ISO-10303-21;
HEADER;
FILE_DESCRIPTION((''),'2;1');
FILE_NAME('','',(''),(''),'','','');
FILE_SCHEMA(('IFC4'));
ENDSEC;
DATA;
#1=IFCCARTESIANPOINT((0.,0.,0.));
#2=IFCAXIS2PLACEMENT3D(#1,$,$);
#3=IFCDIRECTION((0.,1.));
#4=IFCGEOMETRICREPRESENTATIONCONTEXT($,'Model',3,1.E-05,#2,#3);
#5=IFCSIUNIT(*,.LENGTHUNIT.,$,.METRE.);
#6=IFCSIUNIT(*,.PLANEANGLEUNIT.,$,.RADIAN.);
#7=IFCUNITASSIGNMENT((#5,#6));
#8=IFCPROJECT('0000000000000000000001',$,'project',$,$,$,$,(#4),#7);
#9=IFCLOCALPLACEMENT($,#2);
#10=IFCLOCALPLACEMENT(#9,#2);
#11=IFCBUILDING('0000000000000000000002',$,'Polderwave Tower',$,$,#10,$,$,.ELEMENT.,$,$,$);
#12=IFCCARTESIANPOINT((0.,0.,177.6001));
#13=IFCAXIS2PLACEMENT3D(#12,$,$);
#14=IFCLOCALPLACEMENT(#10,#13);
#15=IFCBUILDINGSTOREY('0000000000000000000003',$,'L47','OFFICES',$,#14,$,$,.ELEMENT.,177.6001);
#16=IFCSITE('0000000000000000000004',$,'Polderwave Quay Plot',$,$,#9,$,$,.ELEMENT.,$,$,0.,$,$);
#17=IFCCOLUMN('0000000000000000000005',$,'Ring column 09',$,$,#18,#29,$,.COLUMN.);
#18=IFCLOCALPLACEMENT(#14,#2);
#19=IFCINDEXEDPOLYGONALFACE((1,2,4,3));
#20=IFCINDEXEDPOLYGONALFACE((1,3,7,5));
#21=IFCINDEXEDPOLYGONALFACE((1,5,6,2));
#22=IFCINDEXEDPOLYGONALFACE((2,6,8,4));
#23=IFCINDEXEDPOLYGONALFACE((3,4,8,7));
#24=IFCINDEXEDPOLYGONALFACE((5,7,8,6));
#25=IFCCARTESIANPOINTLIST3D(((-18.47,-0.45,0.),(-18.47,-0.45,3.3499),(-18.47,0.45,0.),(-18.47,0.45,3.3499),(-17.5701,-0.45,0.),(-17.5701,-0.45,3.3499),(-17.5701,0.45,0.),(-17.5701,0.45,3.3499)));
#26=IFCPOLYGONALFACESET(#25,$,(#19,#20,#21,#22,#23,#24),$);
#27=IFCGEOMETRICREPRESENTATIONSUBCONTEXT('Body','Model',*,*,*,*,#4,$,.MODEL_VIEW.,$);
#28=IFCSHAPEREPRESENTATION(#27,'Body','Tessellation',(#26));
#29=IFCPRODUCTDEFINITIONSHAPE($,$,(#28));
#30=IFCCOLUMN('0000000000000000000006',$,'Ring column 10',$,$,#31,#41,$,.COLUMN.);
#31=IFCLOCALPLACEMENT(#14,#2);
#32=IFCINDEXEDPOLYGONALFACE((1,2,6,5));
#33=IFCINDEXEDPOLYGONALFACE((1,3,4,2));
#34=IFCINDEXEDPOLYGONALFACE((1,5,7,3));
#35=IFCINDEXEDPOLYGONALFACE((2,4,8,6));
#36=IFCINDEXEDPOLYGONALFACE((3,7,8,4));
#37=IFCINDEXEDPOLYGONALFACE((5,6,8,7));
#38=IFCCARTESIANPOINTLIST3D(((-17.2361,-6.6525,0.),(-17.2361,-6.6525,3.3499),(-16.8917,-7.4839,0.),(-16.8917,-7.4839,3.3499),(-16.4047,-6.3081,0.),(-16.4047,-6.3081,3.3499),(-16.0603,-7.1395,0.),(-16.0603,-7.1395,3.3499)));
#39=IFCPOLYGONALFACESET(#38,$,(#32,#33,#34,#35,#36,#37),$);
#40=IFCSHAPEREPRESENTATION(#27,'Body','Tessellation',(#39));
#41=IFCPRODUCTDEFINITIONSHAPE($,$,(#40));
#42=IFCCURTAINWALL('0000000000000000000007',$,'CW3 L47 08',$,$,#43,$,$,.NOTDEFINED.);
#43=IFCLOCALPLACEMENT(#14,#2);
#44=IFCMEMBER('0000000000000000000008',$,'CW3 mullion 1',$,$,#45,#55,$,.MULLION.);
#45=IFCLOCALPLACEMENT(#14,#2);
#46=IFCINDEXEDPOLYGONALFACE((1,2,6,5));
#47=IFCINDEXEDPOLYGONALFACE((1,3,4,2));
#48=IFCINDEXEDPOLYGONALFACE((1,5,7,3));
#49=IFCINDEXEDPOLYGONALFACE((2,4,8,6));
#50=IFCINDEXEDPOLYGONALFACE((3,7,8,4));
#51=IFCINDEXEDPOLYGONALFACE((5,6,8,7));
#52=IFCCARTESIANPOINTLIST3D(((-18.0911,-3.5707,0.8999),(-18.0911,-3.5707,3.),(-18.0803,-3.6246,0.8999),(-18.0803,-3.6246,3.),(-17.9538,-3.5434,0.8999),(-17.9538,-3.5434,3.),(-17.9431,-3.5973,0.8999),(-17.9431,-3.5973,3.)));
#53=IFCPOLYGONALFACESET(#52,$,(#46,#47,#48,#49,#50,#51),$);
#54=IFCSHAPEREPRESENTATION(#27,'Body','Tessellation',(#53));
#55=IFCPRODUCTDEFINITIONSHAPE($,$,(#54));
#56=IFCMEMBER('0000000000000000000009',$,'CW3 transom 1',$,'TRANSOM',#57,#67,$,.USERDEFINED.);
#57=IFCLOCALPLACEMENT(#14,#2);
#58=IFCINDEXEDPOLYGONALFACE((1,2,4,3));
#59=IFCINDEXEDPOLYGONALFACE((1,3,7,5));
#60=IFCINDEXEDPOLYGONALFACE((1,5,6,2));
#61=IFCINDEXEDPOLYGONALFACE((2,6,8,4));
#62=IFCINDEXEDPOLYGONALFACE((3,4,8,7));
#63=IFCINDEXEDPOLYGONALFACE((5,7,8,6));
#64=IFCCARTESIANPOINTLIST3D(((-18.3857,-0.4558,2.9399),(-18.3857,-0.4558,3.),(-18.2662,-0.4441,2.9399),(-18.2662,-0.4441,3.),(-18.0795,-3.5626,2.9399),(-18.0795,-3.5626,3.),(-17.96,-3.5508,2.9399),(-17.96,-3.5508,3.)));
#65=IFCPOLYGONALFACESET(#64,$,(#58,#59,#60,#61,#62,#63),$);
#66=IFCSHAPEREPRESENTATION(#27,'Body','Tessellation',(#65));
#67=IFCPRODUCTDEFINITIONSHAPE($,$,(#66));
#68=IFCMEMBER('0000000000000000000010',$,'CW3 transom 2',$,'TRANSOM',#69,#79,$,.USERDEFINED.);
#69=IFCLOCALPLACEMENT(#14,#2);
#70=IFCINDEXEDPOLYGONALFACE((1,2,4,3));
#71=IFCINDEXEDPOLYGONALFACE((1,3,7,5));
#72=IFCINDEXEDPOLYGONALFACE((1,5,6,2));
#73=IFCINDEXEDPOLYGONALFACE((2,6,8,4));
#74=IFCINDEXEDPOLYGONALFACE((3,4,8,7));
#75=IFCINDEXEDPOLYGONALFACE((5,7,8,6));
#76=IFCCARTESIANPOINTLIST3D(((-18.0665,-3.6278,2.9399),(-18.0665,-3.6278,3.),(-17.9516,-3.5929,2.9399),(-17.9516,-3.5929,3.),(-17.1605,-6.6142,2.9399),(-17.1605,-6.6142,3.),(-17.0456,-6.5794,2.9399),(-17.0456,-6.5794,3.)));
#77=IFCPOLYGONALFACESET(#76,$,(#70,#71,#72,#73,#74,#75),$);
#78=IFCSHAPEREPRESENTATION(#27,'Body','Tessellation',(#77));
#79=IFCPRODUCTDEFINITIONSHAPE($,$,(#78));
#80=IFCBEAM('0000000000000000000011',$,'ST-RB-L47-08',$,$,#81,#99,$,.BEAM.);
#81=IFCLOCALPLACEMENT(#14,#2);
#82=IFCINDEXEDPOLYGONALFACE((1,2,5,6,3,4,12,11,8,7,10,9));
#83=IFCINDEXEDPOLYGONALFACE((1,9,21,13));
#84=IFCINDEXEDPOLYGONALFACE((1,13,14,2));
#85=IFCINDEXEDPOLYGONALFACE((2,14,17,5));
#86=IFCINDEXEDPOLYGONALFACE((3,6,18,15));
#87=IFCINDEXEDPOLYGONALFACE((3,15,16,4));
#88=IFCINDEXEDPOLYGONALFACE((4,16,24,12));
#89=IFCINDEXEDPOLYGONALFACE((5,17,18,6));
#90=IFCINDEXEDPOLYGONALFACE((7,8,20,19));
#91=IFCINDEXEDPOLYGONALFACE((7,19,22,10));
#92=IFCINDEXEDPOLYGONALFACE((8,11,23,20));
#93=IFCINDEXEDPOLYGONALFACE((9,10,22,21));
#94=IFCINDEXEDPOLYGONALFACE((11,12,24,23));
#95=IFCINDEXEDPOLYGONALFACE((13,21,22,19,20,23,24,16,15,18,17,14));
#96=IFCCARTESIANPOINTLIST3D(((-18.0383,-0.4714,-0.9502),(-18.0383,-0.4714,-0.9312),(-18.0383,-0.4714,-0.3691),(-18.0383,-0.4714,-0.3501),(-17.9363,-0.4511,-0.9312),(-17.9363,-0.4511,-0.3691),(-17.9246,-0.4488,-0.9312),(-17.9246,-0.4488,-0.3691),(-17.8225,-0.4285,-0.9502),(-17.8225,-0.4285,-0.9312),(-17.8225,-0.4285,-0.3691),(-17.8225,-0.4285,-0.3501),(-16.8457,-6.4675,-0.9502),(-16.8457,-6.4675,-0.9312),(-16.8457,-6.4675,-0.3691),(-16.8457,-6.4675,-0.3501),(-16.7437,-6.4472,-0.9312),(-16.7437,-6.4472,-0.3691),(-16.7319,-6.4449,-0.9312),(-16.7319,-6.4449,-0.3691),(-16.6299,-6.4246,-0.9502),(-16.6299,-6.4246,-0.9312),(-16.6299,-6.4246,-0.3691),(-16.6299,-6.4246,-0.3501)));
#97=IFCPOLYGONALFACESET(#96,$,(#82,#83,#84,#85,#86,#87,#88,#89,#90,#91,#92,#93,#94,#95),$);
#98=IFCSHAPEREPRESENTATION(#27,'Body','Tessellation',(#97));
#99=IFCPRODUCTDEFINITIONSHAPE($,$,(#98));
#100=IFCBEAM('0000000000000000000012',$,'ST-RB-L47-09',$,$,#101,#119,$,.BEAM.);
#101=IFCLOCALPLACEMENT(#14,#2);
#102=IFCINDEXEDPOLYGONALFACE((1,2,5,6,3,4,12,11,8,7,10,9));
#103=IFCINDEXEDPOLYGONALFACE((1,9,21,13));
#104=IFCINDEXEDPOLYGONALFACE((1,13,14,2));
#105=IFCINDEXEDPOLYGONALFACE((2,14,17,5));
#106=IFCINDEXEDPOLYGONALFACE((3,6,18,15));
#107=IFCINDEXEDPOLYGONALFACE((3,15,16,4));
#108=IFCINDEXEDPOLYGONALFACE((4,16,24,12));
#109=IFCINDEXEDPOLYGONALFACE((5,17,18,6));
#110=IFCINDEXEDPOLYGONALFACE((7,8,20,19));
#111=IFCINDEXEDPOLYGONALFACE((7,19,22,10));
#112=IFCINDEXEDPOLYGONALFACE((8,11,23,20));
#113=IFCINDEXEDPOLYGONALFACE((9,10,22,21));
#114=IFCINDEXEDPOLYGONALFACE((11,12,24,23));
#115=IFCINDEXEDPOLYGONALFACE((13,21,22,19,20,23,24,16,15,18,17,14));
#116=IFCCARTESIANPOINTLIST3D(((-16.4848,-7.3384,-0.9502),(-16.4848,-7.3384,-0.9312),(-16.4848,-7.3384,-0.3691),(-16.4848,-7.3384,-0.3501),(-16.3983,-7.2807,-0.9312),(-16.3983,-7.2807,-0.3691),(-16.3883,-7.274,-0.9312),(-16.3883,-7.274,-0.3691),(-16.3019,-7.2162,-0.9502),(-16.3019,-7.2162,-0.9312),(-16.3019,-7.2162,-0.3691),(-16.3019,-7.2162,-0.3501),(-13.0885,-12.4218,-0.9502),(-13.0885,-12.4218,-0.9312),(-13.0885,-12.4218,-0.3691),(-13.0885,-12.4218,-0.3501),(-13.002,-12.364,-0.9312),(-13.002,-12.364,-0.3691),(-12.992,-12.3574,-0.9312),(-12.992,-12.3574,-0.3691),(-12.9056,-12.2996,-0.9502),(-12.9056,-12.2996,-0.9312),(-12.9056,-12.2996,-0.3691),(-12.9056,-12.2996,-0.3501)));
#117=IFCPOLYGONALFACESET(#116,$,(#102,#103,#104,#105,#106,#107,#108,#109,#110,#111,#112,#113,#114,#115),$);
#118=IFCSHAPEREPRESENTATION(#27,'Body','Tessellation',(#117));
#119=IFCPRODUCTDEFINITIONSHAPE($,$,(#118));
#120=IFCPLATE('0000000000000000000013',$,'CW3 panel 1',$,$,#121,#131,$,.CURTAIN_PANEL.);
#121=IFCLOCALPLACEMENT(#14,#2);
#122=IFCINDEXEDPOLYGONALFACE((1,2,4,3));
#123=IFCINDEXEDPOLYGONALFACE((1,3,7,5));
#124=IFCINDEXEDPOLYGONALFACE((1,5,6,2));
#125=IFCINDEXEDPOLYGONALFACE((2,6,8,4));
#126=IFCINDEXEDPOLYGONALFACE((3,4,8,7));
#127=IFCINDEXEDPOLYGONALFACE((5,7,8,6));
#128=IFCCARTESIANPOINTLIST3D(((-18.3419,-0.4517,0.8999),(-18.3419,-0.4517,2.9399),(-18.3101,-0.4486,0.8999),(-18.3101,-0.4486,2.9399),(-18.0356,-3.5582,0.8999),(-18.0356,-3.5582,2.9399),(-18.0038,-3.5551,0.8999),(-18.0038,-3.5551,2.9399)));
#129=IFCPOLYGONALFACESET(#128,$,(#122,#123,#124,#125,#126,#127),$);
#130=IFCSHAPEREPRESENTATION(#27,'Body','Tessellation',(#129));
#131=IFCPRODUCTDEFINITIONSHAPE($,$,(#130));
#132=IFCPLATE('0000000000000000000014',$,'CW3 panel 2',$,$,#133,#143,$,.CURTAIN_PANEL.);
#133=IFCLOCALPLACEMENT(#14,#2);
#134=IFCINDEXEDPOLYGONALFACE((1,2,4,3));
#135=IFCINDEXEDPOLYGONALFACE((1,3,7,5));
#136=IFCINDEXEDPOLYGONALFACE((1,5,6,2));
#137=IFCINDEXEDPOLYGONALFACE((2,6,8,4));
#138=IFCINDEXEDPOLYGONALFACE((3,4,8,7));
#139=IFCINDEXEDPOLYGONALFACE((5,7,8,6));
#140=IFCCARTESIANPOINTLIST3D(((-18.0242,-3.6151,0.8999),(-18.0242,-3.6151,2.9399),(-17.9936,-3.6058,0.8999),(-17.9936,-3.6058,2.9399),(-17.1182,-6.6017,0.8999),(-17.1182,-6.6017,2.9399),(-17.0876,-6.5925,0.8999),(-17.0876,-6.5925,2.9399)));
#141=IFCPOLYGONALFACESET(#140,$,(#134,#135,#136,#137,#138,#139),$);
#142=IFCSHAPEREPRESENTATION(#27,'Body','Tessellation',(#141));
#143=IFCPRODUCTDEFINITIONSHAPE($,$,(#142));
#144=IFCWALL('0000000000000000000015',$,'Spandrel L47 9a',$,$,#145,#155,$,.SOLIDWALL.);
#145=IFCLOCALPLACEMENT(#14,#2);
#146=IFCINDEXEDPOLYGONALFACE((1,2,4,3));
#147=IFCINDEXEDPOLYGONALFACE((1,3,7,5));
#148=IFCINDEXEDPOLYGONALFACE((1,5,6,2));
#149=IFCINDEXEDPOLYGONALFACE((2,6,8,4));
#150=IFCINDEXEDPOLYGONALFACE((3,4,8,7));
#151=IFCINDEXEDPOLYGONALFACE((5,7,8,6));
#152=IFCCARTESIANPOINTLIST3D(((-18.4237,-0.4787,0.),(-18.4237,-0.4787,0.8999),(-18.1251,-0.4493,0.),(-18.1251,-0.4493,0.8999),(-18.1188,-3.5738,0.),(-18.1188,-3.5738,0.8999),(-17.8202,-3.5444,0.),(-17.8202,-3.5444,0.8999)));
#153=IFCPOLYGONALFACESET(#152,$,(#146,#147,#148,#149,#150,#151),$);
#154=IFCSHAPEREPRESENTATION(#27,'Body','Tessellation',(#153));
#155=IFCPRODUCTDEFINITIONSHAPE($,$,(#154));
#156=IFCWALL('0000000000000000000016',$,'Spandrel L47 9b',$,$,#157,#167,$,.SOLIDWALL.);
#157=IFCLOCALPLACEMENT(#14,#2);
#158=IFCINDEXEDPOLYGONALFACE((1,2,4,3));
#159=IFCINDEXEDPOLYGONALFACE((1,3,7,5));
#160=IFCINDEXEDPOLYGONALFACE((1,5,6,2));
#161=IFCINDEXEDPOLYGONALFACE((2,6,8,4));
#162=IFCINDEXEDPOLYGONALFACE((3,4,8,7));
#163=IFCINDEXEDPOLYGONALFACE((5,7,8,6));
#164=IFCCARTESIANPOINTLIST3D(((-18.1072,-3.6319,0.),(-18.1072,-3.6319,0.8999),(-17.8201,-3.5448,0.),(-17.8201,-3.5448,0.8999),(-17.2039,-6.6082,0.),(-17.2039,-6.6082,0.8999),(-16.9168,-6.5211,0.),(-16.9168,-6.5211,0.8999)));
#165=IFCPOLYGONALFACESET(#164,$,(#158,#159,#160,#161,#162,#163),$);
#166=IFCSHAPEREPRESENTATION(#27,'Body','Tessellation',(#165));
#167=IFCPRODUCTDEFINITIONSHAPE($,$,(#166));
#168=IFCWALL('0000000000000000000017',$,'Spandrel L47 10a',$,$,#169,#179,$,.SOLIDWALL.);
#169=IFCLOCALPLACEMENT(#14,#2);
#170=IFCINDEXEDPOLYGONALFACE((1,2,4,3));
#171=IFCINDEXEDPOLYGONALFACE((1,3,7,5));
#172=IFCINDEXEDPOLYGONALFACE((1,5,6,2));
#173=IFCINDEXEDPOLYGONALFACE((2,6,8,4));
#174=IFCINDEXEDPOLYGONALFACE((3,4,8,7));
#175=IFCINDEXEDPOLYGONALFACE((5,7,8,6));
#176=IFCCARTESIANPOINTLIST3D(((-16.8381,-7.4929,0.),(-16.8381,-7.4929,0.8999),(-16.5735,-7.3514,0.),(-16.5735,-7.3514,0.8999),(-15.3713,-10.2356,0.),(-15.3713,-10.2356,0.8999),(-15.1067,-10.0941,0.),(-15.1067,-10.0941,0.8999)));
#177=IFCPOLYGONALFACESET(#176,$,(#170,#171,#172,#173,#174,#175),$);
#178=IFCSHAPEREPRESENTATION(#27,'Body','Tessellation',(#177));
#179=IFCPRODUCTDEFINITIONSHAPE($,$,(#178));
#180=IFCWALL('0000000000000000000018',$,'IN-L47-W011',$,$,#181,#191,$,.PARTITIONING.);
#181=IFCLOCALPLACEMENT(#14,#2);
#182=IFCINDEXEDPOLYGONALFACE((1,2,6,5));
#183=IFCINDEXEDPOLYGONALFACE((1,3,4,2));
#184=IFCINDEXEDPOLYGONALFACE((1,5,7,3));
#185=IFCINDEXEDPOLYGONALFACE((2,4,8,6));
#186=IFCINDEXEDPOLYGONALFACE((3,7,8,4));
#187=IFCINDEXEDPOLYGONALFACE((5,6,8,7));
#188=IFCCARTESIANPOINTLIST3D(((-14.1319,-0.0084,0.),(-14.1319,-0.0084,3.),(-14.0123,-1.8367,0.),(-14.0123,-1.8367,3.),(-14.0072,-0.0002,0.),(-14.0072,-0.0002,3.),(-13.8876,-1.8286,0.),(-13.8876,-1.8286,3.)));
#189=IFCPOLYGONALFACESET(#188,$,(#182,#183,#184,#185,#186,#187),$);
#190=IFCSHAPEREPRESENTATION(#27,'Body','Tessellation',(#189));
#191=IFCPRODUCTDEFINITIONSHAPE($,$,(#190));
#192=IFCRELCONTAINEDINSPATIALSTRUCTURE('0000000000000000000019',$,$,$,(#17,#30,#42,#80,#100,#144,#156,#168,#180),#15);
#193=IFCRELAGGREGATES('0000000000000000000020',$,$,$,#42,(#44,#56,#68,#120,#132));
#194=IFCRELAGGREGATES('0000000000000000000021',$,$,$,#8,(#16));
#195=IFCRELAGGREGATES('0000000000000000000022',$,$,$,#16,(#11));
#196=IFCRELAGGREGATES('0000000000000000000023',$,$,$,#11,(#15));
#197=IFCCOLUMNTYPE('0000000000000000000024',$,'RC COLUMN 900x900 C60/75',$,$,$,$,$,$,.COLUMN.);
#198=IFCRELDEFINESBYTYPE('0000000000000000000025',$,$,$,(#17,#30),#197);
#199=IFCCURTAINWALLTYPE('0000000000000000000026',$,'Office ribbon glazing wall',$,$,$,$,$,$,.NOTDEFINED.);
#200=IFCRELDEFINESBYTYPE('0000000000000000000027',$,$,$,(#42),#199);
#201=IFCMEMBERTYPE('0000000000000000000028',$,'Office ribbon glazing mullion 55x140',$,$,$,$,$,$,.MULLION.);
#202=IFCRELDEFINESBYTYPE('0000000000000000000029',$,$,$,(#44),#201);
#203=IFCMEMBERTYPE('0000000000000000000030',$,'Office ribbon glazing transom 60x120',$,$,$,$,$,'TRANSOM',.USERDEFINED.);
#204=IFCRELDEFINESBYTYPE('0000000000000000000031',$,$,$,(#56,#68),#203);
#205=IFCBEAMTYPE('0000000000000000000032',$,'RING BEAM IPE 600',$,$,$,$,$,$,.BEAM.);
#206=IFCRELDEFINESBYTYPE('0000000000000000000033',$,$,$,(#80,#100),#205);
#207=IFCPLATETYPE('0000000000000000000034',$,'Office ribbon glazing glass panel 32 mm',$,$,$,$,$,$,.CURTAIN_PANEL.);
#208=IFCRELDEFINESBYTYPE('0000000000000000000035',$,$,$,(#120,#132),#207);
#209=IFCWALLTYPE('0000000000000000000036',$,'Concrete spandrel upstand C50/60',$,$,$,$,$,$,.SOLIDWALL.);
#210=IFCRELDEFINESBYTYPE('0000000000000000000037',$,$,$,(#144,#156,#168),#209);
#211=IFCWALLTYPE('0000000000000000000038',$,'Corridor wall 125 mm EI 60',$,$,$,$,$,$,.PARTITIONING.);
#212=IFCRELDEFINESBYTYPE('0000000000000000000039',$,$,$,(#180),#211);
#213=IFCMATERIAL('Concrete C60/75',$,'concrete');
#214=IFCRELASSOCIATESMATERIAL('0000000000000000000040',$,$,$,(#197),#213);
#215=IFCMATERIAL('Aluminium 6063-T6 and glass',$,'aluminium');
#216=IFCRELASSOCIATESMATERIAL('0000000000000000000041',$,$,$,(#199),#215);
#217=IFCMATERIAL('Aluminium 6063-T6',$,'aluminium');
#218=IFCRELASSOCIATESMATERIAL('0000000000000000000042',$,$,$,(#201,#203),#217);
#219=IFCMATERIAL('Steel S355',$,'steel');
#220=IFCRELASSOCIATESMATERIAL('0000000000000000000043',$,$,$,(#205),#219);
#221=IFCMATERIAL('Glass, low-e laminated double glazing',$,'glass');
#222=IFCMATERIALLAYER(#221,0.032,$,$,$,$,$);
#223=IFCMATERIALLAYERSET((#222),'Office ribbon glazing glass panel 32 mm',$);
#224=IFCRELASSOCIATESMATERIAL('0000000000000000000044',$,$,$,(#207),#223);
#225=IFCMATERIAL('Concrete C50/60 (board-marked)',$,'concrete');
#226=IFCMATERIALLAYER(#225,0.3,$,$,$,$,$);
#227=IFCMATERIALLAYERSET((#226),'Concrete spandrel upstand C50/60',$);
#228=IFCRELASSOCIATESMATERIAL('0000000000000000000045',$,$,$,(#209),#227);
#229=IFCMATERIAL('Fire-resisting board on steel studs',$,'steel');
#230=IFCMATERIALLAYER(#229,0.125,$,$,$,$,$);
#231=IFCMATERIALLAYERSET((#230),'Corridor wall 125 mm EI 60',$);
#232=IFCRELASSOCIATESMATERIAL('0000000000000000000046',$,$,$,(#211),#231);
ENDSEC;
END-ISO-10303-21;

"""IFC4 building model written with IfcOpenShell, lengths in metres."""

from ifc_helpers import new_model, si_unit, direction, frame, frame_2d, origin, origin_2d, place, context, subcontext, project, spatial, rectangle, i_section, extrude, material, layer, layer_set, material_profile, profile_set, type_object, element, aggregate, save


model = new_model("IFC4")

# Units and contexts
model_context = context("Model", 3, precision=1e-05, world=origin(), true_north=direction((0.0, 1.0)))
body_context = subcontext(model_context, "Body", "Model", "MODEL_VIEW")
ifc_project = project(units=[si_unit("LENGTHUNIT", "METRE"), si_unit("PLANEANGLEUNIT", "RADIAN")], contexts=[model_context])

# Site, building, storey
site_placement = place(None, origin())
site = spatial("IfcSite", under=ifc_project, at=site_placement, Name="Polderwave Quay Plot", CompositionType="ELEMENT", RefElevation=0.0)
building_placement = place(site_placement, origin())
building = spatial("IfcBuilding", under=site, at=building_placement, Name="Polderwave Tower", CompositionType="ELEMENT")
storey_placement = place(building_placement, frame((0.0, 0.0, 177.6001)))
storey = spatial("IfcBuildingStorey", under=building, at=storey_placement, Name="L47", Description="OFFICES", CompositionType="ELEMENT", Elevation=177.6001)

# Columns
ifc_material_1 = material(Name="Concrete C60/75", Category="concrete")
ifc_material_profile_1 = material_profile(ifc_material_1, rectangle(XDim=0.8999, YDim=0.8999, at=origin_2d()), Name="RC 900x900")
ifc_profile_set_1 = profile_set([ifc_material_profile_1], Name="Concrete C60/75")
column_type = type_object("IfcColumnType", Name="RC COLUMN 900x900 C60/75", PredefinedType="COLUMN", material=ifc_profile_set_1)
for number, where, z_axis, x_axis, name in (
    (1, (-18.02, 0.0, 0.0), (0.0, 0.0, 1.0), (-1.0, 0.0, 0.0), "Ring column 09"),
    (2, (-16.6482, -6.896, 0.0), (0.0, 0.0, 1.0), (-0.92388, -0.382683, 0.0), "Ring column 10"),
):
    element("IfcColumn", number, at=place(storey_placement, frame(where, z_axis=z_axis, x_axis=x_axis)), inside=storey, type_object=column_type, Name=name, PredefinedType="COLUMN", context=body_context, shape_type="SweptSolid", body=[
        extrude(rectangle(XDim=0.8999, YDim=0.8999, at=origin_2d()), origin(), (0.0, 0.0, 1.0), 3.3499),
    ])

# Curtain wall, members
ifc_material_2 = material(Name="Aluminium 6063-T6 and glass", Category="aluminium")
curtain_wall_type = type_object("IfcCurtainWallType", Name="Office ribbon glazing wall", PredefinedType="NOTDEFINED", material=ifc_material_2)
curtain_wall_placement = place(storey_placement, origin())
curtain_wall = element("IfcCurtainWall", 3, at=curtain_wall_placement, inside=storey, type_object=curtain_wall_type, Name="CW3 L47 08", PredefinedType="NOTDEFINED")
ifc_material_3 = material(Name="Aluminium 6063-T6", Category="aluminium")
ifc_material_profile_2 = material_profile(ifc_material_3, rectangle(XDim=0.1399, YDim=0.0549, at=origin_2d()), Name="AL 55x140")
ifc_profile_set_2 = profile_set([ifc_material_profile_2], Name="Aluminium 6063-T6")
member_type_1 = type_object("IfcMemberType", Name="Office ribbon glazing mullion 55x140", PredefinedType="MULLION", material=ifc_profile_set_2)
member_1_placement = place(storey_placement, frame((-18.0171, -3.584, 0.8999), z_axis=(0.0, 0.0, 1.0), x_axis=(0.980775, 0.195143, 0.0)))
member_1 = element("IfcMember", 4, at=member_1_placement, type_object=member_type_1, Name="CW3 mullion 1", PredefinedType="MULLION", context=body_context, shape_type="SweptSolid", body=[
    extrude(rectangle(XDim=0.1399, YDim=0.0549, at=origin_2d()), origin(), (0.0, 0.0, 1.0), 2.1001),
])
ifc_material_profile_3 = material_profile(ifc_material_3, rectangle(XDim=0.1201, YDim=0.0601, at=origin_2d()), Name="AL 60x120")
ifc_profile_set_3 = profile_set([ifc_material_profile_3], Name="Aluminium 6063-T6")
member_type_2 = type_object("IfcMemberType", Name="Office ribbon glazing transom 60x120", ElementType="TRANSOM", PredefinedType="USERDEFINED", material=ifc_profile_set_3)
member_2_placement = place(storey_placement, frame((-18.3259, -0.45, 2.97), z_axis=(0.098071, -0.995179, 0.0), x_axis=(0.995179, 0.098071, 0.0)))
member_2 = element("IfcMember", 5, at=member_2_placement, type_object=member_type_2, Name="CW3 transom 1", ObjectType="TRANSOM", PredefinedType="USERDEFINED", context=body_context, shape_type="SweptSolid", body=[
    extrude(rectangle(XDim=0.1201, YDim=0.0601, at=origin_2d()), origin(), (0.0, 0.0, 1.0), 3.1218),
])
member_3_placement = place(storey_placement, frame((-18.009, -3.6104, 2.97), z_axis=(0.290296, -0.956937, 0.0), x_axis=(0.956937, 0.290296, 0.0)))
member_3 = element("IfcMember", 6, at=member_3_placement, type_object=member_type_2, Name="CW3 transom 2", ObjectType="TRANSOM", PredefinedType="USERDEFINED", context=body_context, shape_type="SweptSolid", body=[
    extrude(rectangle(XDim=0.1201, YDim=0.0601, at=origin_2d()), origin(), (0.0, 0.0, 1.0), 3.1208),
])

# Beams
ifc_material_4 = material(Name="Steel S355", Category="steel")
ifc_material_profile_4 = material_profile(ifc_material_4, i_section(OverallWidth=0.22, OverallDepth=0.6001, WebThickness=0.012, FlangeThickness=0.019, at=origin_2d()), Name="IPE 600")
ifc_profile_set_4 = profile_set([ifc_material_profile_4], Name="Steel S355")
beam_type = type_object("IfcBeamType", Name="RING BEAM IPE 600", PredefinedType="BEAM", material=ifc_profile_set_4)
for number, where, z_axis, x_axis, name in (
    (7, (-17.9304, -0.45, -0.6501), (0.195079, -0.980787, 0.0), (0.980787, 0.195079, 0.0), "ST-RB-L47-08"),
    (8, (-16.3933, -7.2773, -0.6501), (0.555539, -0.831491, 0.0), (0.831491, 0.555539, 0.0), "ST-RB-L47-09"),
):
    element("IfcBeam", number, at=place(storey_placement, frame(where, z_axis=z_axis, x_axis=x_axis)), inside=storey, type_object=beam_type, Name=name, PredefinedType="BEAM", context=body_context, shape_type="SweptSolid", body=[
        extrude(i_section(OverallWidth=0.22, OverallDepth=0.6001, WebThickness=0.012, FlangeThickness=0.019, at=origin_2d()), origin(), (0.0, 0.0, 1.0), 6.1135),
    ])

# Plates
ifc_material_5 = material(Name="Glass, low-e laminated double glazing", Category="glass")
ifc_layer_1 = layer(ifc_material_5, 0.032)
ifc_layer_set_1 = layer_set([ifc_layer_1], Name="Office ribbon glazing glass panel 32 mm")
plate_type = type_object("IfcPlateType", Name="Office ribbon glazing glass panel 32 mm", PredefinedType="CURTAIN_PANEL", material=ifc_layer_set_1)
plate_1_placement = place(storey_placement, frame((-18.1729, -2.0034, 0.8999), z_axis=(0.0, 0.0, 1.0), x_axis=(0.09812, -0.995175, 0.0)))
plate_1 = element("IfcPlate", 9, at=plate_1_placement, type_object=plate_type, Name="CW3 panel 1", PredefinedType="CURTAIN_PANEL", context=body_context, shape_type="SweptSolid", body=[
    extrude(rectangle(XDim=3.1216, YDim=0.032, at=origin_2d()), origin(), (0.0, 0.0, 1.0), 2.04),
])
plate_2_placement = place(storey_placement, frame((-17.5559, -5.1038, 0.8999), z_axis=(0.0, 0.0, 1.0), x_axis=(0.29029, -0.956939, 0.0)))
plate_2 = element("IfcPlate", 10, at=plate_2_placement, type_object=plate_type, Name="CW3 panel 2", PredefinedType="CURTAIN_PANEL", context=body_context, shape_type="SweptSolid", body=[
    extrude(rectangle(XDim=3.1211, YDim=0.032, at=origin_2d()), origin(), (0.0, 0.0, 1.0), 2.04),
])
aggregate(curtain_wall, [member_1, member_2, member_3, plate_1, plate_2])

# Walls
ifc_material_6 = material(Name="Concrete C50/60 (board-marked)", Category="concrete")
ifc_layer_2 = layer(ifc_material_6, 0.3)
ifc_layer_set_2 = layer_set([ifc_layer_2], Name="Concrete spandrel upstand C50/60")
wall_type_1 = type_object("IfcWallType", Name="Concrete spandrel upstand C50/60", PredefinedType="SOLIDWALL", material=ifc_layer_set_2)
wall_1_placement = place(storey_placement, frame((-18.2744, -0.4639, 0.0), z_axis=(0.0, 0.0, 1.0), x_axis=(0.098042, -0.995182, 0.0)))
element("IfcWall", 11, at=wall_1_placement, inside=storey, type_object=wall_type_1, Name="Spandrel L47 9a", PredefinedType="SOLIDWALL", context=body_context, shape_type="SweptSolid", body=[
    extrude(rectangle(XDim=3.1101, YDim=0.3, at=frame_2d((1.5552, 0.0))), origin(), (0.0, 0.0, 1.0), 0.8999),
])
for number, where, z_axis, x_axis, name in (
    (12, (-17.9636, -3.5884, 0.0), (0.0, 0.0, 1.0), (0.290421, -0.956899, 0.0), "Spandrel L47 9b"),
    (13, (-16.7058, -7.4221, 0.0), (0.0, 0.0, 1.0), (0.471598, -0.881813, 0.0), "Spandrel L47 10a"),
):
    element("IfcWall", number, at=place(storey_placement, frame(where, z_axis=z_axis, x_axis=x_axis)), inside=storey, type_object=wall_type_1, Name=name, PredefinedType="SOLIDWALL", context=body_context, shape_type="SweptSolid", body=[
        extrude(rectangle(XDim=3.1104, YDim=0.3, at=frame_2d((1.5552, 0.0))), origin(), (0.0, 0.0, 1.0), 0.8999),
    ])
ifc_material_7 = material(Name="Fire-resisting board on steel studs", Category="steel")
ifc_layer_3 = layer(ifc_material_7, 0.125)
ifc_layer_set_3 = layer_set([ifc_layer_3], Name="Corridor wall 125 mm EI 60")
wall_type_2 = type_object("IfcWallType", Name="Corridor wall 125 mm EI 60", PredefinedType="PARTITIONING", material=ifc_layer_set_3)
wall_2_placement = place(storey_placement, frame((-13.95, -1.8325, 0.0), z_axis=(0.0, 0.0, 1.0), x_axis=(-0.06529, 0.997866, 0.0)))
element("IfcWall", 14, at=wall_2_placement, inside=storey, type_object=wall_type_2, Name="IN-L47-W011", PredefinedType="PARTITIONING", context=body_context, shape_type="SweptSolid", body=[
    extrude(rectangle(XDim=1.8323, YDim=0.125, at=frame_2d((0.916, 0.0))), origin(), (0.0, 0.0, 1.0), 3.0),
])

save(model, "model.ifc")
